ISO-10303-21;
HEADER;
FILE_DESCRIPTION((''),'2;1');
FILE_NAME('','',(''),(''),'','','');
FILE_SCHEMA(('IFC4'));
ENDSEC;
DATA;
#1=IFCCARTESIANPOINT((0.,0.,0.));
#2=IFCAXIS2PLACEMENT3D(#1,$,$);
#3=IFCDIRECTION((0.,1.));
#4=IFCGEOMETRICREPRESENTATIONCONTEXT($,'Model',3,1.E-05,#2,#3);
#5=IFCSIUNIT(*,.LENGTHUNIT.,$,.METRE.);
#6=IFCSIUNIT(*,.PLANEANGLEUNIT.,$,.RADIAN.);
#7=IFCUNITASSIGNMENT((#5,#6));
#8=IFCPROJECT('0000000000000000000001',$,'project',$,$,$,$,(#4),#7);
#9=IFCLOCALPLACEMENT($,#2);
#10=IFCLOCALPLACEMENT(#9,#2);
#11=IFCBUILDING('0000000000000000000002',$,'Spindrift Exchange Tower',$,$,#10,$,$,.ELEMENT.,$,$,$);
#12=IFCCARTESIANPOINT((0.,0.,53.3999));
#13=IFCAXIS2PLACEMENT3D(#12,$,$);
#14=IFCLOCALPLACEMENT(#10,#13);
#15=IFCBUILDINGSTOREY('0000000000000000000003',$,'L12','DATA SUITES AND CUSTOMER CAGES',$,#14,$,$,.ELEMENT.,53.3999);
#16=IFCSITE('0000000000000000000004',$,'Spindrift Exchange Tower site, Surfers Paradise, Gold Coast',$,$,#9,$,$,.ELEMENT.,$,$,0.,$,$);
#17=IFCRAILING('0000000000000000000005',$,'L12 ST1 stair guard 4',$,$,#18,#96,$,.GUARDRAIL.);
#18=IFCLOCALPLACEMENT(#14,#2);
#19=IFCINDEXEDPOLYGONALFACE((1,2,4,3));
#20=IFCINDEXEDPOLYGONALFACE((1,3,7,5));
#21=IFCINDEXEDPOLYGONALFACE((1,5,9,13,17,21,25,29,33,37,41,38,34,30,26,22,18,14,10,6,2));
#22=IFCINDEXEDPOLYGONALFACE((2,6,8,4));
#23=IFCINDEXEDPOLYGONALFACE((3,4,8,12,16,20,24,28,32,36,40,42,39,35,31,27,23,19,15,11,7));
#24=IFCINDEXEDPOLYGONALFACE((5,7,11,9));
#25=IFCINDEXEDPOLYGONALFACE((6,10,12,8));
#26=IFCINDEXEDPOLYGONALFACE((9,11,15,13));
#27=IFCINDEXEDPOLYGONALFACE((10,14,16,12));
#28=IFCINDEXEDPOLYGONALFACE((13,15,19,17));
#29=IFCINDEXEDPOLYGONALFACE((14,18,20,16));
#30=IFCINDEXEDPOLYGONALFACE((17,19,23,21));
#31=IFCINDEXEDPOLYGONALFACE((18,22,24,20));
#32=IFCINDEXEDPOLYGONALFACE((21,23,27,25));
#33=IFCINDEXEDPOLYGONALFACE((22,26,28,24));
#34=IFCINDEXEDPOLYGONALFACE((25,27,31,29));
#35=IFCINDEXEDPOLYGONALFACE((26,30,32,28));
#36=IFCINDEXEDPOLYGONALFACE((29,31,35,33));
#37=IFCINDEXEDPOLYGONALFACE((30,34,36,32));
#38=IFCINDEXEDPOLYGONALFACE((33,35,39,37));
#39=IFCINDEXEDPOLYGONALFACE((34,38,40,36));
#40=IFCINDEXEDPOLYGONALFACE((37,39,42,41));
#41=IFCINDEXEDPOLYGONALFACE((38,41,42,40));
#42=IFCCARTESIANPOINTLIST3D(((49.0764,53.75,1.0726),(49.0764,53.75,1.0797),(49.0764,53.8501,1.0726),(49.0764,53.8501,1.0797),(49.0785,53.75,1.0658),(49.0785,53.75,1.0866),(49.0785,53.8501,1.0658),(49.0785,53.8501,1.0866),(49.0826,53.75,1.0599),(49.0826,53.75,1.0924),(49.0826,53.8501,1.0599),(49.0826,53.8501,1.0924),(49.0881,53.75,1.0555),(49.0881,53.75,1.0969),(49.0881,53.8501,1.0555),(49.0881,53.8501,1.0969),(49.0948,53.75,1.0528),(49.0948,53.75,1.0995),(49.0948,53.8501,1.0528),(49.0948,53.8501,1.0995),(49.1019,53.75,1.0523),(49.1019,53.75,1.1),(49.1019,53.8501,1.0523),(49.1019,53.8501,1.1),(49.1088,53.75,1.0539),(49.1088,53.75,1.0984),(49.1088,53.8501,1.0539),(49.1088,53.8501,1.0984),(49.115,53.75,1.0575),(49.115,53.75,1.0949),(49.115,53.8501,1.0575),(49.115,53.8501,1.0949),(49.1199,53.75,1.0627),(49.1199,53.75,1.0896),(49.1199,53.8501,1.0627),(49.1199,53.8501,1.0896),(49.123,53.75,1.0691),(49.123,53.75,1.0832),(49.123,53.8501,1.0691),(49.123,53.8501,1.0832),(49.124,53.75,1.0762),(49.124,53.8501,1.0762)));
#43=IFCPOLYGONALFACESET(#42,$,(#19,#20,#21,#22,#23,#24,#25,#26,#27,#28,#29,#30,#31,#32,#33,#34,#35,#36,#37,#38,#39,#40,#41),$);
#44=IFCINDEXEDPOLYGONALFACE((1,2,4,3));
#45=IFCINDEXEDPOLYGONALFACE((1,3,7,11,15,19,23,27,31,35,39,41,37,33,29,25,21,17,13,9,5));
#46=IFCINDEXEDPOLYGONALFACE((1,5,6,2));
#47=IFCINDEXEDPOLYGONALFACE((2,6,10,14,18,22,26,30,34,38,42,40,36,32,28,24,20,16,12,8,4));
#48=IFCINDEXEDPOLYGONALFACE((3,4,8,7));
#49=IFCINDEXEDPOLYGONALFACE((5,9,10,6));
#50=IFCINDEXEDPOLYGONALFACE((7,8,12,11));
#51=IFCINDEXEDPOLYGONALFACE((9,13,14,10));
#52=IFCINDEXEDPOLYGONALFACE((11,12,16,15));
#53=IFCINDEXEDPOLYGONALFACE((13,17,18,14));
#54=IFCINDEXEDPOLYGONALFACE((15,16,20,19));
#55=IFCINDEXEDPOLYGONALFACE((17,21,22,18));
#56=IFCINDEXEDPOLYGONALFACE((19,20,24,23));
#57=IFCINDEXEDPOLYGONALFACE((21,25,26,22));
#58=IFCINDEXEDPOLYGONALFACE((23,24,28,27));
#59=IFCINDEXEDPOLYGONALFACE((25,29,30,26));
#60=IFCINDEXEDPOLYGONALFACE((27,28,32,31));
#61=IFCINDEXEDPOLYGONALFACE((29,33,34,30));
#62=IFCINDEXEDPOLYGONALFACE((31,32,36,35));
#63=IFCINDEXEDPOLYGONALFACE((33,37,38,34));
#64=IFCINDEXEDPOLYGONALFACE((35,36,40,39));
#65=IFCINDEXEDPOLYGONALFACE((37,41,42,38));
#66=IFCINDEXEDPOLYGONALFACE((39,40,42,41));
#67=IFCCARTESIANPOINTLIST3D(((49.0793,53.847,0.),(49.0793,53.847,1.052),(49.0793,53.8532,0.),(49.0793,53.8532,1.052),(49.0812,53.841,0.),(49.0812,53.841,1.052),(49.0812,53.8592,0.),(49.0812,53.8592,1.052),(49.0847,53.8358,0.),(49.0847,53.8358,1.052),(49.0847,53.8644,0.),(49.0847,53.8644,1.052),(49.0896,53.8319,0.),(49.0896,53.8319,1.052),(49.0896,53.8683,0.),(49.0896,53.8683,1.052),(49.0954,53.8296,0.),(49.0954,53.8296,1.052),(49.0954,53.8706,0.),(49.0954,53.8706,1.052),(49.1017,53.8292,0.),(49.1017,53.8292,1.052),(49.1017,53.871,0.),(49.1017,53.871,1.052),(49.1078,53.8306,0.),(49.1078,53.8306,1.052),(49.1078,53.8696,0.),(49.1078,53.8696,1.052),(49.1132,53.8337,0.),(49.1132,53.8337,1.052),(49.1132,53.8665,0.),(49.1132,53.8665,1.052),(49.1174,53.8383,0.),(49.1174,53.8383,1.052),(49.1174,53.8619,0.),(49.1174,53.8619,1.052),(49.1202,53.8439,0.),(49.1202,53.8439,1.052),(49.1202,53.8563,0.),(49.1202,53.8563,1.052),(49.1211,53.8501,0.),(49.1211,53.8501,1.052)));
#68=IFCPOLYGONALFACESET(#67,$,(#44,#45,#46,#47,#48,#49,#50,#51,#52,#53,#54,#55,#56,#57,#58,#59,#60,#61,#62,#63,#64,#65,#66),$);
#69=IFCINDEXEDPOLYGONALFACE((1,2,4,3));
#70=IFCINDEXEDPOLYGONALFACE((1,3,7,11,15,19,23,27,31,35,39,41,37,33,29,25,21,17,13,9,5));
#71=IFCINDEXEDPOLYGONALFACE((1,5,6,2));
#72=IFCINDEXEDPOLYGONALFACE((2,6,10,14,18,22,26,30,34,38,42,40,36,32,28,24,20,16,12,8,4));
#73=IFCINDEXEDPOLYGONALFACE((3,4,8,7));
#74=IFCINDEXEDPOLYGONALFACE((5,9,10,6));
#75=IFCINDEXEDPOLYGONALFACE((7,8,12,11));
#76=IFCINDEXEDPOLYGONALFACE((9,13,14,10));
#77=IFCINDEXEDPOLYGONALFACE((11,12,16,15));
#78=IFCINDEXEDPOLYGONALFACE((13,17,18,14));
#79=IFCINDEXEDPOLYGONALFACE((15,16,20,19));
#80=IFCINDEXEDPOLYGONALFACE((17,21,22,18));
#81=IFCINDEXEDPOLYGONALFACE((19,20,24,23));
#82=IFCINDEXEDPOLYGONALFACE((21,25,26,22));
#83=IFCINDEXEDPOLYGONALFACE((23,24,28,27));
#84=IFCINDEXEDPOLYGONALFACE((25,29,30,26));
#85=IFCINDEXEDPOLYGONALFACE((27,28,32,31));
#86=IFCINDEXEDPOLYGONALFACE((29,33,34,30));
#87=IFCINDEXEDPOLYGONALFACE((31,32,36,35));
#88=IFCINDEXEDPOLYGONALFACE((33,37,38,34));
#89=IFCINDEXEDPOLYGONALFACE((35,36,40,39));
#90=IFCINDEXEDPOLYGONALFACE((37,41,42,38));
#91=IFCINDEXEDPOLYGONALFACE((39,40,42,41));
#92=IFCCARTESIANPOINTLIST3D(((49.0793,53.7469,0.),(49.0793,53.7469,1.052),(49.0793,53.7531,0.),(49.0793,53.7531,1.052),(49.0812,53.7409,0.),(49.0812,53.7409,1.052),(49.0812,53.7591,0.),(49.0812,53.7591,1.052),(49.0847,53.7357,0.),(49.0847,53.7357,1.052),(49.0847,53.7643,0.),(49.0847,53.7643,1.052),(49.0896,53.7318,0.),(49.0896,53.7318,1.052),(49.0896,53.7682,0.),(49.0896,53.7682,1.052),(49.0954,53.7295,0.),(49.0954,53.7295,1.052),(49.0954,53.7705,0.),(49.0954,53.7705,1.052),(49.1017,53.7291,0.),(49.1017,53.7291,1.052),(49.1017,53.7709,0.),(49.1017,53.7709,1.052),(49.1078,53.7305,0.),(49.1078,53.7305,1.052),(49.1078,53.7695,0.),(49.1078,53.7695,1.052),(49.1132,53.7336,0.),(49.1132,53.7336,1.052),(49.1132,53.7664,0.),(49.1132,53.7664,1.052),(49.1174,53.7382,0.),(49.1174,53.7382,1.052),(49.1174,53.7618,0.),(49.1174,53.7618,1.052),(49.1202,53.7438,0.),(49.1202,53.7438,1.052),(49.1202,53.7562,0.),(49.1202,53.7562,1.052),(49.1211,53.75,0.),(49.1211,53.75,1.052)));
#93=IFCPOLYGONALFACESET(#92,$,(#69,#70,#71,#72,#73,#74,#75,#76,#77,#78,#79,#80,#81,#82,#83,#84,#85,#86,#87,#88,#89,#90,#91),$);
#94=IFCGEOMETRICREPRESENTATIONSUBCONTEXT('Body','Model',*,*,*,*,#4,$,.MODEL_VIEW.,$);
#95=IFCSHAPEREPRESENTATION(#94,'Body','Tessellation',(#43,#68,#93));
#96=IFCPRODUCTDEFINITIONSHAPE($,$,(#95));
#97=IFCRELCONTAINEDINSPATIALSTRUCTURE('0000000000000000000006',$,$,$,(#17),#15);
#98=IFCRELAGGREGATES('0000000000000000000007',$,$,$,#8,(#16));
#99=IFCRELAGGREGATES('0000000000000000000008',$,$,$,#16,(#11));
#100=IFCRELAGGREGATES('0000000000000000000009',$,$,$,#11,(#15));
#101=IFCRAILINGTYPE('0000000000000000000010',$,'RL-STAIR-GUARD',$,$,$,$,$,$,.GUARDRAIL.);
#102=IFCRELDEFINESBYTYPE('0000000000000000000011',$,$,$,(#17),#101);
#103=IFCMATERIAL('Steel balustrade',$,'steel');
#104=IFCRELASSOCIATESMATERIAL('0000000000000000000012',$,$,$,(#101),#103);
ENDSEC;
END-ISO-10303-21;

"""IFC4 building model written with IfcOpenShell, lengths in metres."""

from ifc_helpers import new_model, si_unit, direction, frame, origin, origin_2d, place, context, subcontext, project, spatial, circle, extrude, material, type_object, element, save


model = new_model("IFC4")

# Units and contexts
model_context = context("Model", 3, precision=1e-05, world=origin(), true_north=direction((0.0, 1.0)))
body_context = subcontext(model_context, "Body", "Model", "MODEL_VIEW")
ifc_project = project(units=[si_unit("LENGTHUNIT", "METRE"), si_unit("PLANEANGLEUNIT", "RADIAN")], contexts=[model_context])

# Site, building, storey
site_placement = place(None, origin())
site = spatial("IfcSite", under=ifc_project, at=site_placement, Name="Spindrift Exchange Tower site, Surfers Paradise, Gold Coast", CompositionType="ELEMENT", RefElevation=0.0)
building_placement = place(site_placement, origin())
building = spatial("IfcBuilding", under=site, at=building_placement, Name="Spindrift Exchange Tower", CompositionType="ELEMENT")
storey_placement = place(building_placement, frame((0.0, 0.0, 53.3999)))
storey = spatial("IfcBuildingStorey", under=building, at=storey_placement, Name="L12", Description="DATA SUITES AND CUSTOMER CAGES", CompositionType="ELEMENT", Elevation=53.3999)

# Railing
ifc_material_1 = material(Name="Steel balustrade", Category="steel")
railing_type_1 = type_object("IfcRailingType", Name="RL-STAIR-GUARD", PredefinedType="GUARDRAIL", material=ifc_material_1)
railing_1_placement = place(storey_placement, frame((49.1001, 53.8501, 0.0)))
element("IfcRailing", 1, at=railing_1_placement, inside=storey, type_object=railing_type_1, Name="L12 ST1 stair guard 4", PredefinedType="GUARDRAIL", context=body_context, shape_type="SweptSolid", body=[
    extrude(circle(Radius=0.0239, at=origin_2d()), frame((0.0, 0.0, 1.0762), z_axis=(0.0, -1.0, 0.0), x_axis=(1.0, 0.0, 0.0)), (0.0, 0.0, 1.0), 0.1001),
    extrude(circle(Radius=0.021, at=origin_2d()), origin(), (0.0, 0.0, 1.0), 1.052),
    extrude(circle(Radius=0.021, at=origin_2d()), frame((0.0, -0.1001, 0.0)), (0.0, 0.0, 1.0), 1.052),
])

save(model, "model.ifc")
